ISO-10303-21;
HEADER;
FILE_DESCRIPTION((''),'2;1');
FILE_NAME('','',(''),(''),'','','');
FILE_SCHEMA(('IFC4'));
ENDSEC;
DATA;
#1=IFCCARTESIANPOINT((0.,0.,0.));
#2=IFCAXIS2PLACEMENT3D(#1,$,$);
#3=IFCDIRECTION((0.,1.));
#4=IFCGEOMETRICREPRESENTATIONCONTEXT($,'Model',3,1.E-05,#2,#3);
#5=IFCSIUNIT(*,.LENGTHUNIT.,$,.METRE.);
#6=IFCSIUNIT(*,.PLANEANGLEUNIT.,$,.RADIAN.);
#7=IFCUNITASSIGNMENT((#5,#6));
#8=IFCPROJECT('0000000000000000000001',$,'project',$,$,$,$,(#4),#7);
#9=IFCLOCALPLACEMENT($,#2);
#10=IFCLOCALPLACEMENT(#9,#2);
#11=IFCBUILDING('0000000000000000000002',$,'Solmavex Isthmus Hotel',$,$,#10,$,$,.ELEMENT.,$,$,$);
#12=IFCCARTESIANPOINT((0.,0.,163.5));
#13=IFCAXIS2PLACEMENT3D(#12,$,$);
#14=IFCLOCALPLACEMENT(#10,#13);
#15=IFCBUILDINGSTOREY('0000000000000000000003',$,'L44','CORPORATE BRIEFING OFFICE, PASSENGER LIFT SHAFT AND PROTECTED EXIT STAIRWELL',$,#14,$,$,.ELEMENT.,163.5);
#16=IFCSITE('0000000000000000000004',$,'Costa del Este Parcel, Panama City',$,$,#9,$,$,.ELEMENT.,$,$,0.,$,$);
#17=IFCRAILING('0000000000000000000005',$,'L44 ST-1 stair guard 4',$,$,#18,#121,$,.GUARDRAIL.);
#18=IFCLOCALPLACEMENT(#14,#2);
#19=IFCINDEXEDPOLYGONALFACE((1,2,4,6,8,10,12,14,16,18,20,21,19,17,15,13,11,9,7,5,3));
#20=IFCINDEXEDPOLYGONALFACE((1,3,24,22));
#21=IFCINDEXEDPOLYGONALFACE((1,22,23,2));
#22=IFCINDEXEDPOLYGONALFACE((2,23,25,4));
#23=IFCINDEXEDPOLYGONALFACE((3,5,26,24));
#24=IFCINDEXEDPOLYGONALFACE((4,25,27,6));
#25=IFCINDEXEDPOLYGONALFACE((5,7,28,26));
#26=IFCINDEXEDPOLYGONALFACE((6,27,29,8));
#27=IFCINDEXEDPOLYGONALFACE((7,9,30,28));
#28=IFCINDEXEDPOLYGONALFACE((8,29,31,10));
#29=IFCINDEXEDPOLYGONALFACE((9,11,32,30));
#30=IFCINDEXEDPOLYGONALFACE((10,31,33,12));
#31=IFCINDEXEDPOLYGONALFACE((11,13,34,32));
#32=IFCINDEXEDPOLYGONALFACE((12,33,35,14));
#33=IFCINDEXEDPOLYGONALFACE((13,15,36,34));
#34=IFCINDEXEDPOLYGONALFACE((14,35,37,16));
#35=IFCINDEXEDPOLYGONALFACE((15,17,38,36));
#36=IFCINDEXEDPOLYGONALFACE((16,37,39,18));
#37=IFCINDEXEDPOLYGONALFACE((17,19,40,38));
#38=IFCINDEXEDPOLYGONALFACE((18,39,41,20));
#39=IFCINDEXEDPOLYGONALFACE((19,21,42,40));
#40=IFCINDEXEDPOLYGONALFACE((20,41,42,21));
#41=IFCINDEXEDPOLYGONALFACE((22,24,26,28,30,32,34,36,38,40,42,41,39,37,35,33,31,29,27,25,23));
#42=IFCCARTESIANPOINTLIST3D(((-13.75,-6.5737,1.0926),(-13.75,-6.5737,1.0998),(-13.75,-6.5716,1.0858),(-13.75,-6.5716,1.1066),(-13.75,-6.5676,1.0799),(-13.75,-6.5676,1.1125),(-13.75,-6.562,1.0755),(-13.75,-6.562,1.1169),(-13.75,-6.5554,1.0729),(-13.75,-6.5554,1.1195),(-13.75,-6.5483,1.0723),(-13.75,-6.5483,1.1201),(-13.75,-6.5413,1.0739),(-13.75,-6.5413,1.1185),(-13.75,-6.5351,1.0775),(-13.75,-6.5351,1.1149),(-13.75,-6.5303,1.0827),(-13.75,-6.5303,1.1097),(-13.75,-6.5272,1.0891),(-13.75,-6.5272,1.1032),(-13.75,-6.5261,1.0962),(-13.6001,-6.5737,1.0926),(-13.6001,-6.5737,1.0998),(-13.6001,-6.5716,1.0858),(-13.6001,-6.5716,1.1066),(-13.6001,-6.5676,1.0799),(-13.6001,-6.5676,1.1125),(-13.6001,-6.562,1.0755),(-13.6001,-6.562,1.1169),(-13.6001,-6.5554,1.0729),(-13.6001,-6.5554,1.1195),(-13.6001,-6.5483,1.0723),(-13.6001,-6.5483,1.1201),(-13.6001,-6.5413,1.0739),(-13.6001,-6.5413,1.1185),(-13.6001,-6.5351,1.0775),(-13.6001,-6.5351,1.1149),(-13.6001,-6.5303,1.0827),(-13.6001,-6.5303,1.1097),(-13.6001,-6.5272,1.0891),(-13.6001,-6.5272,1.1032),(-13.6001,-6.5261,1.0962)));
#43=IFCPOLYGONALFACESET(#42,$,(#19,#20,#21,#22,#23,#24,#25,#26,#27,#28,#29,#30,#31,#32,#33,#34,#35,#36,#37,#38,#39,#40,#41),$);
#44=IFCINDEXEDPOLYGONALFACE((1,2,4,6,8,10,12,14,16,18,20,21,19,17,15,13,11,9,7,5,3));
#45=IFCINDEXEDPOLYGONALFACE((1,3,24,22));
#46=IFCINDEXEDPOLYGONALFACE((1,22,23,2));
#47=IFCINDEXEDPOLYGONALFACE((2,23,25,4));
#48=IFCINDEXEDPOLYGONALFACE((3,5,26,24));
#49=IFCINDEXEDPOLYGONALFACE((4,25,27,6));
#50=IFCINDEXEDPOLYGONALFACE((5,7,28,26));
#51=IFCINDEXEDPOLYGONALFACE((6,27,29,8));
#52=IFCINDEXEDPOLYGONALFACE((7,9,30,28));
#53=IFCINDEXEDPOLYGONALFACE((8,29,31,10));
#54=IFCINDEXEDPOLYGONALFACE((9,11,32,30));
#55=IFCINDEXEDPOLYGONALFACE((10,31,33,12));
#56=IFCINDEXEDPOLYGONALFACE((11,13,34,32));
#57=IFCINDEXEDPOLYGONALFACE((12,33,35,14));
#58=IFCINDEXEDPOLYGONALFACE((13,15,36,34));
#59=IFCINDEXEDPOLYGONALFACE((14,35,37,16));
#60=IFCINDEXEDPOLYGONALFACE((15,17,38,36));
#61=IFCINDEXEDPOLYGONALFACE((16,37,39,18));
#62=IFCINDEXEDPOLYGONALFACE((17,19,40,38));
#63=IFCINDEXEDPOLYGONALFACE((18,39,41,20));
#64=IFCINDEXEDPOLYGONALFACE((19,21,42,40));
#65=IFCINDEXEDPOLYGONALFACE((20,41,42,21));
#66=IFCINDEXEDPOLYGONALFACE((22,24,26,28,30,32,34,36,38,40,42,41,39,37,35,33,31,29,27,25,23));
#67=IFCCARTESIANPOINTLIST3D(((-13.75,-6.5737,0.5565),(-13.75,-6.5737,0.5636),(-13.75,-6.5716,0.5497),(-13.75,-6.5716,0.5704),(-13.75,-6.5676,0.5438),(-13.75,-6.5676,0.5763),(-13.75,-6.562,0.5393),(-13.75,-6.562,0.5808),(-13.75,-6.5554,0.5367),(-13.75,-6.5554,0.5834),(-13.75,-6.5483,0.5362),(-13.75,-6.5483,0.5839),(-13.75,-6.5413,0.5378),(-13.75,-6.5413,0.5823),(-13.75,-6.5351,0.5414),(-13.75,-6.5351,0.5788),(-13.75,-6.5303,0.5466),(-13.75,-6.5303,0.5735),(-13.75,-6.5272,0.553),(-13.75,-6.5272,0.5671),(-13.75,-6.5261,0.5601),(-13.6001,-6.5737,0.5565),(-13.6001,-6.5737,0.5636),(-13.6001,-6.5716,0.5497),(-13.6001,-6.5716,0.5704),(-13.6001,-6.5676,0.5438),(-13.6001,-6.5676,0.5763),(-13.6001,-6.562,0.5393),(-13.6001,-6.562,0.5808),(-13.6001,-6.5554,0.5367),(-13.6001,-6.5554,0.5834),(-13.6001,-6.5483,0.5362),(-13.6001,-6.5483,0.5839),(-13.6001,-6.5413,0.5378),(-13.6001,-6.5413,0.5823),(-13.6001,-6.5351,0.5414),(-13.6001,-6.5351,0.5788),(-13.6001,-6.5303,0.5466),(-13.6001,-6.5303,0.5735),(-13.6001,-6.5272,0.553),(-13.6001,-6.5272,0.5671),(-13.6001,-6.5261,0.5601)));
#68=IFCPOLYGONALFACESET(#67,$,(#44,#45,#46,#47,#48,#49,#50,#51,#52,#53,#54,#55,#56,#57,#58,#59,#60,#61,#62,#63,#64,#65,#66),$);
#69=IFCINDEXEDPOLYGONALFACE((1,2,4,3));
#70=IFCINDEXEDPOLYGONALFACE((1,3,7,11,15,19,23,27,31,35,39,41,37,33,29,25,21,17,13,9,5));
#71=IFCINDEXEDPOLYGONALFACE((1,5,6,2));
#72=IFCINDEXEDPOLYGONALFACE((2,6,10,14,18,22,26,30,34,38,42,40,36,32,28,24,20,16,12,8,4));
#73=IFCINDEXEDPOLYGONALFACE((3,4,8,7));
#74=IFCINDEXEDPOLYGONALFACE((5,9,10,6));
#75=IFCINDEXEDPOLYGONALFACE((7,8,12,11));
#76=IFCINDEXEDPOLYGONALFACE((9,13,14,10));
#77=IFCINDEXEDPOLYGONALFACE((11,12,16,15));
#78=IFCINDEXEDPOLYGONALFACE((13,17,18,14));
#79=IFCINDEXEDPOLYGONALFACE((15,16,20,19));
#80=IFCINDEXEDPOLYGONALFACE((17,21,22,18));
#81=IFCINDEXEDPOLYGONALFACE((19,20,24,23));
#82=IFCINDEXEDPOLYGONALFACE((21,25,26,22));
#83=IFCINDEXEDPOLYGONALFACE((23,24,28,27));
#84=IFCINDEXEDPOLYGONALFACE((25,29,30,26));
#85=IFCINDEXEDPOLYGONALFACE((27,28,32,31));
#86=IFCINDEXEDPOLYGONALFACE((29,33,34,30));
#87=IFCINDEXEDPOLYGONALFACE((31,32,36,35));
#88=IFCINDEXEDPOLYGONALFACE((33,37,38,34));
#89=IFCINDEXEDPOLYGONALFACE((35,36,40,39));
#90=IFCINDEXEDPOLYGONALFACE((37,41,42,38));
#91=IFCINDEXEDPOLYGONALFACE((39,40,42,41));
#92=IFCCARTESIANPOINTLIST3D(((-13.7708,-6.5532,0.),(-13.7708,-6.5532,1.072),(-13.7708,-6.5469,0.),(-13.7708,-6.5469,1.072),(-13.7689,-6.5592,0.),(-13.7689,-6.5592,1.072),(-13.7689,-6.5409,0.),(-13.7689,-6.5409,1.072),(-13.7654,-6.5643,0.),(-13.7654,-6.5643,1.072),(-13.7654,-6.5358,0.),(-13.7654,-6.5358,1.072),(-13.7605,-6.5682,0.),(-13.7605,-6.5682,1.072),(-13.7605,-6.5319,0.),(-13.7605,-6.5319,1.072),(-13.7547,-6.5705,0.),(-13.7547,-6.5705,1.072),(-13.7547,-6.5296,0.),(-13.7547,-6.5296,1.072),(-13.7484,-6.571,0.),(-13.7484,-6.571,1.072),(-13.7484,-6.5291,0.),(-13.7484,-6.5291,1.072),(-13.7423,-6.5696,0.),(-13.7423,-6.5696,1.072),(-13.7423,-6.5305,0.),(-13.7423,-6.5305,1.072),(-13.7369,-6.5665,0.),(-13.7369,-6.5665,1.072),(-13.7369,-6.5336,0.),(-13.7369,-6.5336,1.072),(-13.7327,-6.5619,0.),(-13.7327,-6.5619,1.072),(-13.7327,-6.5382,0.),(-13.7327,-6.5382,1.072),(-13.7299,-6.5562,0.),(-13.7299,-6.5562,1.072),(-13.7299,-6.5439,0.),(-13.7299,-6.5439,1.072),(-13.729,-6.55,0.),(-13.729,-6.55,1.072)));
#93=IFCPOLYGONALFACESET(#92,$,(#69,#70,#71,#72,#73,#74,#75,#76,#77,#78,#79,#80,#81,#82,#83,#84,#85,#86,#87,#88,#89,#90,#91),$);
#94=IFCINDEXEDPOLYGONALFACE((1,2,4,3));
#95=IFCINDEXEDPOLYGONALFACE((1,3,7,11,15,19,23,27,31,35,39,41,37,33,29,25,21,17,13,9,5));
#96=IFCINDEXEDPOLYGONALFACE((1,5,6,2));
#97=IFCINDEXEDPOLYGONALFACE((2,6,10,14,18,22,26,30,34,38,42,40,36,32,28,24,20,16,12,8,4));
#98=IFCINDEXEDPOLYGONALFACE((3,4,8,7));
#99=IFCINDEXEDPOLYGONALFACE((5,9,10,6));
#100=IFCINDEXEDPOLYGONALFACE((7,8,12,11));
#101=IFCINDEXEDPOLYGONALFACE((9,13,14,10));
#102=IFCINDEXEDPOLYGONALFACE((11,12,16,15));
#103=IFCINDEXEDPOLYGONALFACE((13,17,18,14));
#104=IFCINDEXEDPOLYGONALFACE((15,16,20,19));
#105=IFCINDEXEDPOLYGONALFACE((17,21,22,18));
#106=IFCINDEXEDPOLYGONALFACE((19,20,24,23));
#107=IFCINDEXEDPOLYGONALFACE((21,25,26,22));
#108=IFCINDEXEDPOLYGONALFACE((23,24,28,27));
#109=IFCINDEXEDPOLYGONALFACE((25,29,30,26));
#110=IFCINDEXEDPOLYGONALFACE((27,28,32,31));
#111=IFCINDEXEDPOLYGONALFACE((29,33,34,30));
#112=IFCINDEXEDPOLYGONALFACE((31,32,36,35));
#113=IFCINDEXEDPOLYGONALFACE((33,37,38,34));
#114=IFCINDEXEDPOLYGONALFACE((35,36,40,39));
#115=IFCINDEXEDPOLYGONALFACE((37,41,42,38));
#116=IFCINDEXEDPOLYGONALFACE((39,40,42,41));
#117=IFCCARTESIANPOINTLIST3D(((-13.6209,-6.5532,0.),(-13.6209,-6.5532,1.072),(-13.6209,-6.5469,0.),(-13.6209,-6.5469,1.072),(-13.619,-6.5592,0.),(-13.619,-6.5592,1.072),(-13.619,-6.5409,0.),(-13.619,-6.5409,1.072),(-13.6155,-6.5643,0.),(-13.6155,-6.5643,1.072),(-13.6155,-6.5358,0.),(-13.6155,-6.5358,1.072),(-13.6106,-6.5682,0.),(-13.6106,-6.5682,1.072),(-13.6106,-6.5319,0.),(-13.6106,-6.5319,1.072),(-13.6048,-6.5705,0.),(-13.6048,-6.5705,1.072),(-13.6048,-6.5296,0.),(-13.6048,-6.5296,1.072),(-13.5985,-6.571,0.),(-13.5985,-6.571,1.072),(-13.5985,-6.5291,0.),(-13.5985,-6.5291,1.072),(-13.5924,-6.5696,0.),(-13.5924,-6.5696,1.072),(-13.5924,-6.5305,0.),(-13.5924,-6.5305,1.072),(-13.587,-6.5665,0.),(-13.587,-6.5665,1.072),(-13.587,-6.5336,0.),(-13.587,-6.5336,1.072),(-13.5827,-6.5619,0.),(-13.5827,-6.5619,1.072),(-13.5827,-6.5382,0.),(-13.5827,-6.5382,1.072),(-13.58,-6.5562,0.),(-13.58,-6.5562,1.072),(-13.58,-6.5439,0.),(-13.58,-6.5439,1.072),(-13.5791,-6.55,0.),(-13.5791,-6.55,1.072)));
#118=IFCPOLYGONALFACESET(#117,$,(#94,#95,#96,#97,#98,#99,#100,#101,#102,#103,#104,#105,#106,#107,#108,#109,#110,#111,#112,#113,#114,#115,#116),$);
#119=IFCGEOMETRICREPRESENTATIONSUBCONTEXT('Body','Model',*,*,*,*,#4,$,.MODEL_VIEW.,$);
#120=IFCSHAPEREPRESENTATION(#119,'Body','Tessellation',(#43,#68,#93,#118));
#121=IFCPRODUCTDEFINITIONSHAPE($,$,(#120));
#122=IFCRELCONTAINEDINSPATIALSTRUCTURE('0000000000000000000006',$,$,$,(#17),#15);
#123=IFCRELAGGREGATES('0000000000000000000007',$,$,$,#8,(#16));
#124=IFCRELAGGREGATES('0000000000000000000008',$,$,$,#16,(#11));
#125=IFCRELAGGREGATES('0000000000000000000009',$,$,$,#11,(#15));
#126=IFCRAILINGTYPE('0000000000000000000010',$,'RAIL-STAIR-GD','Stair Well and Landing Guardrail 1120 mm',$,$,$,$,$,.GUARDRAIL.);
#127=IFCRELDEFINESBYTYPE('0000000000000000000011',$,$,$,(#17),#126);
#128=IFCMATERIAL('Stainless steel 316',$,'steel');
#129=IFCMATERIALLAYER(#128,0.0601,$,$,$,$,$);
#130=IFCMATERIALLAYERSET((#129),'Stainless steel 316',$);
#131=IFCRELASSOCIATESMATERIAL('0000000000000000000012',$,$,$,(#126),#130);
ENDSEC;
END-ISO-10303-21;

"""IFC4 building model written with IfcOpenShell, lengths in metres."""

from ifc_helpers import new_model, si_unit, direction, frame, origin, origin_2d, place, context, subcontext, project, spatial, circle, extrude, material, layer, layer_set, type_object, element, save


model = new_model("IFC4")

# Units and contexts
model_context = context("Model", 3, precision=1e-05, world=origin(), true_north=direction((0.0, 1.0)))
body_context = subcontext(model_context, "Body", "Model", "MODEL_VIEW")
ifc_project = project(units=[si_unit("LENGTHUNIT", "METRE"), si_unit("PLANEANGLEUNIT", "RADIAN")], contexts=[model_context])

# Site, building, storey
site_placement = place(None, origin())
site = spatial("IfcSite", under=ifc_project, at=site_placement, Name="Costa del Este Parcel, Panama City", CompositionType="ELEMENT", RefElevation=0.0)
building_placement = place(site_placement, origin())
building = spatial("IfcBuilding", under=site, at=building_placement, Name="Solmavex Isthmus Hotel", CompositionType="ELEMENT")
storey_placement = place(building_placement, frame((0.0, 0.0, 163.5)))
storey = spatial("IfcBuildingStorey", under=building, at=storey_placement, Name="L44", Description="CORPORATE BRIEFING OFFICE, PASSENGER LIFT SHAFT AND PROTECTED EXIT STAIRWELL", CompositionType="ELEMENT", Elevation=163.5)

# Railing
ifc_material_1 = material(Name="Stainless steel 316", Category="steel")
ifc_layer_1 = layer(ifc_material_1, 0.0601)
ifc_layer_set_1 = layer_set([ifc_layer_1], Name="Stainless steel 316")
railing_type_1 = type_object("IfcRailingType", Name="RAIL-STAIR-GD", Description="Stair Well and Landing Guardrail 1120 mm", PredefinedType="GUARDRAIL", material=ifc_layer_set_1)
railing_1_placement = place(storey_placement, frame((-13.75, -6.55, 0.0)))
element("IfcRailing", 1, at=railing_1_placement, inside=storey, type_object=railing_type_1, Name="L44 ST-1 stair guard 4", PredefinedType="GUARDRAIL", context=body_context, shape_type="SweptSolid", body=[
    extrude(circle(Radius=0.0239, at=origin_2d()), frame((0.0, 0.0, 1.0962), z_axis=(1.0, 0.0, 0.0), x_axis=(0.0, 1.0, 0.0)), (0.0, 0.0, 1.0), 0.1499),
    extrude(circle(Radius=0.0239, at=origin_2d()), frame((0.0, 0.0, 0.5601), z_axis=(1.0, 0.0, 0.0), x_axis=(0.0, 1.0, 0.0)), (0.0, 0.0, 1.0), 0.1499),
    extrude(circle(Radius=0.021, at=origin_2d()), origin(), (0.0, 0.0, 1.0), 1.072),
    extrude(circle(Radius=0.021, at=origin_2d()), frame((0.1499, 0.0, 0.0)), (0.0, 0.0, 1.0), 1.072),
])

save(model, "model.ifc")
